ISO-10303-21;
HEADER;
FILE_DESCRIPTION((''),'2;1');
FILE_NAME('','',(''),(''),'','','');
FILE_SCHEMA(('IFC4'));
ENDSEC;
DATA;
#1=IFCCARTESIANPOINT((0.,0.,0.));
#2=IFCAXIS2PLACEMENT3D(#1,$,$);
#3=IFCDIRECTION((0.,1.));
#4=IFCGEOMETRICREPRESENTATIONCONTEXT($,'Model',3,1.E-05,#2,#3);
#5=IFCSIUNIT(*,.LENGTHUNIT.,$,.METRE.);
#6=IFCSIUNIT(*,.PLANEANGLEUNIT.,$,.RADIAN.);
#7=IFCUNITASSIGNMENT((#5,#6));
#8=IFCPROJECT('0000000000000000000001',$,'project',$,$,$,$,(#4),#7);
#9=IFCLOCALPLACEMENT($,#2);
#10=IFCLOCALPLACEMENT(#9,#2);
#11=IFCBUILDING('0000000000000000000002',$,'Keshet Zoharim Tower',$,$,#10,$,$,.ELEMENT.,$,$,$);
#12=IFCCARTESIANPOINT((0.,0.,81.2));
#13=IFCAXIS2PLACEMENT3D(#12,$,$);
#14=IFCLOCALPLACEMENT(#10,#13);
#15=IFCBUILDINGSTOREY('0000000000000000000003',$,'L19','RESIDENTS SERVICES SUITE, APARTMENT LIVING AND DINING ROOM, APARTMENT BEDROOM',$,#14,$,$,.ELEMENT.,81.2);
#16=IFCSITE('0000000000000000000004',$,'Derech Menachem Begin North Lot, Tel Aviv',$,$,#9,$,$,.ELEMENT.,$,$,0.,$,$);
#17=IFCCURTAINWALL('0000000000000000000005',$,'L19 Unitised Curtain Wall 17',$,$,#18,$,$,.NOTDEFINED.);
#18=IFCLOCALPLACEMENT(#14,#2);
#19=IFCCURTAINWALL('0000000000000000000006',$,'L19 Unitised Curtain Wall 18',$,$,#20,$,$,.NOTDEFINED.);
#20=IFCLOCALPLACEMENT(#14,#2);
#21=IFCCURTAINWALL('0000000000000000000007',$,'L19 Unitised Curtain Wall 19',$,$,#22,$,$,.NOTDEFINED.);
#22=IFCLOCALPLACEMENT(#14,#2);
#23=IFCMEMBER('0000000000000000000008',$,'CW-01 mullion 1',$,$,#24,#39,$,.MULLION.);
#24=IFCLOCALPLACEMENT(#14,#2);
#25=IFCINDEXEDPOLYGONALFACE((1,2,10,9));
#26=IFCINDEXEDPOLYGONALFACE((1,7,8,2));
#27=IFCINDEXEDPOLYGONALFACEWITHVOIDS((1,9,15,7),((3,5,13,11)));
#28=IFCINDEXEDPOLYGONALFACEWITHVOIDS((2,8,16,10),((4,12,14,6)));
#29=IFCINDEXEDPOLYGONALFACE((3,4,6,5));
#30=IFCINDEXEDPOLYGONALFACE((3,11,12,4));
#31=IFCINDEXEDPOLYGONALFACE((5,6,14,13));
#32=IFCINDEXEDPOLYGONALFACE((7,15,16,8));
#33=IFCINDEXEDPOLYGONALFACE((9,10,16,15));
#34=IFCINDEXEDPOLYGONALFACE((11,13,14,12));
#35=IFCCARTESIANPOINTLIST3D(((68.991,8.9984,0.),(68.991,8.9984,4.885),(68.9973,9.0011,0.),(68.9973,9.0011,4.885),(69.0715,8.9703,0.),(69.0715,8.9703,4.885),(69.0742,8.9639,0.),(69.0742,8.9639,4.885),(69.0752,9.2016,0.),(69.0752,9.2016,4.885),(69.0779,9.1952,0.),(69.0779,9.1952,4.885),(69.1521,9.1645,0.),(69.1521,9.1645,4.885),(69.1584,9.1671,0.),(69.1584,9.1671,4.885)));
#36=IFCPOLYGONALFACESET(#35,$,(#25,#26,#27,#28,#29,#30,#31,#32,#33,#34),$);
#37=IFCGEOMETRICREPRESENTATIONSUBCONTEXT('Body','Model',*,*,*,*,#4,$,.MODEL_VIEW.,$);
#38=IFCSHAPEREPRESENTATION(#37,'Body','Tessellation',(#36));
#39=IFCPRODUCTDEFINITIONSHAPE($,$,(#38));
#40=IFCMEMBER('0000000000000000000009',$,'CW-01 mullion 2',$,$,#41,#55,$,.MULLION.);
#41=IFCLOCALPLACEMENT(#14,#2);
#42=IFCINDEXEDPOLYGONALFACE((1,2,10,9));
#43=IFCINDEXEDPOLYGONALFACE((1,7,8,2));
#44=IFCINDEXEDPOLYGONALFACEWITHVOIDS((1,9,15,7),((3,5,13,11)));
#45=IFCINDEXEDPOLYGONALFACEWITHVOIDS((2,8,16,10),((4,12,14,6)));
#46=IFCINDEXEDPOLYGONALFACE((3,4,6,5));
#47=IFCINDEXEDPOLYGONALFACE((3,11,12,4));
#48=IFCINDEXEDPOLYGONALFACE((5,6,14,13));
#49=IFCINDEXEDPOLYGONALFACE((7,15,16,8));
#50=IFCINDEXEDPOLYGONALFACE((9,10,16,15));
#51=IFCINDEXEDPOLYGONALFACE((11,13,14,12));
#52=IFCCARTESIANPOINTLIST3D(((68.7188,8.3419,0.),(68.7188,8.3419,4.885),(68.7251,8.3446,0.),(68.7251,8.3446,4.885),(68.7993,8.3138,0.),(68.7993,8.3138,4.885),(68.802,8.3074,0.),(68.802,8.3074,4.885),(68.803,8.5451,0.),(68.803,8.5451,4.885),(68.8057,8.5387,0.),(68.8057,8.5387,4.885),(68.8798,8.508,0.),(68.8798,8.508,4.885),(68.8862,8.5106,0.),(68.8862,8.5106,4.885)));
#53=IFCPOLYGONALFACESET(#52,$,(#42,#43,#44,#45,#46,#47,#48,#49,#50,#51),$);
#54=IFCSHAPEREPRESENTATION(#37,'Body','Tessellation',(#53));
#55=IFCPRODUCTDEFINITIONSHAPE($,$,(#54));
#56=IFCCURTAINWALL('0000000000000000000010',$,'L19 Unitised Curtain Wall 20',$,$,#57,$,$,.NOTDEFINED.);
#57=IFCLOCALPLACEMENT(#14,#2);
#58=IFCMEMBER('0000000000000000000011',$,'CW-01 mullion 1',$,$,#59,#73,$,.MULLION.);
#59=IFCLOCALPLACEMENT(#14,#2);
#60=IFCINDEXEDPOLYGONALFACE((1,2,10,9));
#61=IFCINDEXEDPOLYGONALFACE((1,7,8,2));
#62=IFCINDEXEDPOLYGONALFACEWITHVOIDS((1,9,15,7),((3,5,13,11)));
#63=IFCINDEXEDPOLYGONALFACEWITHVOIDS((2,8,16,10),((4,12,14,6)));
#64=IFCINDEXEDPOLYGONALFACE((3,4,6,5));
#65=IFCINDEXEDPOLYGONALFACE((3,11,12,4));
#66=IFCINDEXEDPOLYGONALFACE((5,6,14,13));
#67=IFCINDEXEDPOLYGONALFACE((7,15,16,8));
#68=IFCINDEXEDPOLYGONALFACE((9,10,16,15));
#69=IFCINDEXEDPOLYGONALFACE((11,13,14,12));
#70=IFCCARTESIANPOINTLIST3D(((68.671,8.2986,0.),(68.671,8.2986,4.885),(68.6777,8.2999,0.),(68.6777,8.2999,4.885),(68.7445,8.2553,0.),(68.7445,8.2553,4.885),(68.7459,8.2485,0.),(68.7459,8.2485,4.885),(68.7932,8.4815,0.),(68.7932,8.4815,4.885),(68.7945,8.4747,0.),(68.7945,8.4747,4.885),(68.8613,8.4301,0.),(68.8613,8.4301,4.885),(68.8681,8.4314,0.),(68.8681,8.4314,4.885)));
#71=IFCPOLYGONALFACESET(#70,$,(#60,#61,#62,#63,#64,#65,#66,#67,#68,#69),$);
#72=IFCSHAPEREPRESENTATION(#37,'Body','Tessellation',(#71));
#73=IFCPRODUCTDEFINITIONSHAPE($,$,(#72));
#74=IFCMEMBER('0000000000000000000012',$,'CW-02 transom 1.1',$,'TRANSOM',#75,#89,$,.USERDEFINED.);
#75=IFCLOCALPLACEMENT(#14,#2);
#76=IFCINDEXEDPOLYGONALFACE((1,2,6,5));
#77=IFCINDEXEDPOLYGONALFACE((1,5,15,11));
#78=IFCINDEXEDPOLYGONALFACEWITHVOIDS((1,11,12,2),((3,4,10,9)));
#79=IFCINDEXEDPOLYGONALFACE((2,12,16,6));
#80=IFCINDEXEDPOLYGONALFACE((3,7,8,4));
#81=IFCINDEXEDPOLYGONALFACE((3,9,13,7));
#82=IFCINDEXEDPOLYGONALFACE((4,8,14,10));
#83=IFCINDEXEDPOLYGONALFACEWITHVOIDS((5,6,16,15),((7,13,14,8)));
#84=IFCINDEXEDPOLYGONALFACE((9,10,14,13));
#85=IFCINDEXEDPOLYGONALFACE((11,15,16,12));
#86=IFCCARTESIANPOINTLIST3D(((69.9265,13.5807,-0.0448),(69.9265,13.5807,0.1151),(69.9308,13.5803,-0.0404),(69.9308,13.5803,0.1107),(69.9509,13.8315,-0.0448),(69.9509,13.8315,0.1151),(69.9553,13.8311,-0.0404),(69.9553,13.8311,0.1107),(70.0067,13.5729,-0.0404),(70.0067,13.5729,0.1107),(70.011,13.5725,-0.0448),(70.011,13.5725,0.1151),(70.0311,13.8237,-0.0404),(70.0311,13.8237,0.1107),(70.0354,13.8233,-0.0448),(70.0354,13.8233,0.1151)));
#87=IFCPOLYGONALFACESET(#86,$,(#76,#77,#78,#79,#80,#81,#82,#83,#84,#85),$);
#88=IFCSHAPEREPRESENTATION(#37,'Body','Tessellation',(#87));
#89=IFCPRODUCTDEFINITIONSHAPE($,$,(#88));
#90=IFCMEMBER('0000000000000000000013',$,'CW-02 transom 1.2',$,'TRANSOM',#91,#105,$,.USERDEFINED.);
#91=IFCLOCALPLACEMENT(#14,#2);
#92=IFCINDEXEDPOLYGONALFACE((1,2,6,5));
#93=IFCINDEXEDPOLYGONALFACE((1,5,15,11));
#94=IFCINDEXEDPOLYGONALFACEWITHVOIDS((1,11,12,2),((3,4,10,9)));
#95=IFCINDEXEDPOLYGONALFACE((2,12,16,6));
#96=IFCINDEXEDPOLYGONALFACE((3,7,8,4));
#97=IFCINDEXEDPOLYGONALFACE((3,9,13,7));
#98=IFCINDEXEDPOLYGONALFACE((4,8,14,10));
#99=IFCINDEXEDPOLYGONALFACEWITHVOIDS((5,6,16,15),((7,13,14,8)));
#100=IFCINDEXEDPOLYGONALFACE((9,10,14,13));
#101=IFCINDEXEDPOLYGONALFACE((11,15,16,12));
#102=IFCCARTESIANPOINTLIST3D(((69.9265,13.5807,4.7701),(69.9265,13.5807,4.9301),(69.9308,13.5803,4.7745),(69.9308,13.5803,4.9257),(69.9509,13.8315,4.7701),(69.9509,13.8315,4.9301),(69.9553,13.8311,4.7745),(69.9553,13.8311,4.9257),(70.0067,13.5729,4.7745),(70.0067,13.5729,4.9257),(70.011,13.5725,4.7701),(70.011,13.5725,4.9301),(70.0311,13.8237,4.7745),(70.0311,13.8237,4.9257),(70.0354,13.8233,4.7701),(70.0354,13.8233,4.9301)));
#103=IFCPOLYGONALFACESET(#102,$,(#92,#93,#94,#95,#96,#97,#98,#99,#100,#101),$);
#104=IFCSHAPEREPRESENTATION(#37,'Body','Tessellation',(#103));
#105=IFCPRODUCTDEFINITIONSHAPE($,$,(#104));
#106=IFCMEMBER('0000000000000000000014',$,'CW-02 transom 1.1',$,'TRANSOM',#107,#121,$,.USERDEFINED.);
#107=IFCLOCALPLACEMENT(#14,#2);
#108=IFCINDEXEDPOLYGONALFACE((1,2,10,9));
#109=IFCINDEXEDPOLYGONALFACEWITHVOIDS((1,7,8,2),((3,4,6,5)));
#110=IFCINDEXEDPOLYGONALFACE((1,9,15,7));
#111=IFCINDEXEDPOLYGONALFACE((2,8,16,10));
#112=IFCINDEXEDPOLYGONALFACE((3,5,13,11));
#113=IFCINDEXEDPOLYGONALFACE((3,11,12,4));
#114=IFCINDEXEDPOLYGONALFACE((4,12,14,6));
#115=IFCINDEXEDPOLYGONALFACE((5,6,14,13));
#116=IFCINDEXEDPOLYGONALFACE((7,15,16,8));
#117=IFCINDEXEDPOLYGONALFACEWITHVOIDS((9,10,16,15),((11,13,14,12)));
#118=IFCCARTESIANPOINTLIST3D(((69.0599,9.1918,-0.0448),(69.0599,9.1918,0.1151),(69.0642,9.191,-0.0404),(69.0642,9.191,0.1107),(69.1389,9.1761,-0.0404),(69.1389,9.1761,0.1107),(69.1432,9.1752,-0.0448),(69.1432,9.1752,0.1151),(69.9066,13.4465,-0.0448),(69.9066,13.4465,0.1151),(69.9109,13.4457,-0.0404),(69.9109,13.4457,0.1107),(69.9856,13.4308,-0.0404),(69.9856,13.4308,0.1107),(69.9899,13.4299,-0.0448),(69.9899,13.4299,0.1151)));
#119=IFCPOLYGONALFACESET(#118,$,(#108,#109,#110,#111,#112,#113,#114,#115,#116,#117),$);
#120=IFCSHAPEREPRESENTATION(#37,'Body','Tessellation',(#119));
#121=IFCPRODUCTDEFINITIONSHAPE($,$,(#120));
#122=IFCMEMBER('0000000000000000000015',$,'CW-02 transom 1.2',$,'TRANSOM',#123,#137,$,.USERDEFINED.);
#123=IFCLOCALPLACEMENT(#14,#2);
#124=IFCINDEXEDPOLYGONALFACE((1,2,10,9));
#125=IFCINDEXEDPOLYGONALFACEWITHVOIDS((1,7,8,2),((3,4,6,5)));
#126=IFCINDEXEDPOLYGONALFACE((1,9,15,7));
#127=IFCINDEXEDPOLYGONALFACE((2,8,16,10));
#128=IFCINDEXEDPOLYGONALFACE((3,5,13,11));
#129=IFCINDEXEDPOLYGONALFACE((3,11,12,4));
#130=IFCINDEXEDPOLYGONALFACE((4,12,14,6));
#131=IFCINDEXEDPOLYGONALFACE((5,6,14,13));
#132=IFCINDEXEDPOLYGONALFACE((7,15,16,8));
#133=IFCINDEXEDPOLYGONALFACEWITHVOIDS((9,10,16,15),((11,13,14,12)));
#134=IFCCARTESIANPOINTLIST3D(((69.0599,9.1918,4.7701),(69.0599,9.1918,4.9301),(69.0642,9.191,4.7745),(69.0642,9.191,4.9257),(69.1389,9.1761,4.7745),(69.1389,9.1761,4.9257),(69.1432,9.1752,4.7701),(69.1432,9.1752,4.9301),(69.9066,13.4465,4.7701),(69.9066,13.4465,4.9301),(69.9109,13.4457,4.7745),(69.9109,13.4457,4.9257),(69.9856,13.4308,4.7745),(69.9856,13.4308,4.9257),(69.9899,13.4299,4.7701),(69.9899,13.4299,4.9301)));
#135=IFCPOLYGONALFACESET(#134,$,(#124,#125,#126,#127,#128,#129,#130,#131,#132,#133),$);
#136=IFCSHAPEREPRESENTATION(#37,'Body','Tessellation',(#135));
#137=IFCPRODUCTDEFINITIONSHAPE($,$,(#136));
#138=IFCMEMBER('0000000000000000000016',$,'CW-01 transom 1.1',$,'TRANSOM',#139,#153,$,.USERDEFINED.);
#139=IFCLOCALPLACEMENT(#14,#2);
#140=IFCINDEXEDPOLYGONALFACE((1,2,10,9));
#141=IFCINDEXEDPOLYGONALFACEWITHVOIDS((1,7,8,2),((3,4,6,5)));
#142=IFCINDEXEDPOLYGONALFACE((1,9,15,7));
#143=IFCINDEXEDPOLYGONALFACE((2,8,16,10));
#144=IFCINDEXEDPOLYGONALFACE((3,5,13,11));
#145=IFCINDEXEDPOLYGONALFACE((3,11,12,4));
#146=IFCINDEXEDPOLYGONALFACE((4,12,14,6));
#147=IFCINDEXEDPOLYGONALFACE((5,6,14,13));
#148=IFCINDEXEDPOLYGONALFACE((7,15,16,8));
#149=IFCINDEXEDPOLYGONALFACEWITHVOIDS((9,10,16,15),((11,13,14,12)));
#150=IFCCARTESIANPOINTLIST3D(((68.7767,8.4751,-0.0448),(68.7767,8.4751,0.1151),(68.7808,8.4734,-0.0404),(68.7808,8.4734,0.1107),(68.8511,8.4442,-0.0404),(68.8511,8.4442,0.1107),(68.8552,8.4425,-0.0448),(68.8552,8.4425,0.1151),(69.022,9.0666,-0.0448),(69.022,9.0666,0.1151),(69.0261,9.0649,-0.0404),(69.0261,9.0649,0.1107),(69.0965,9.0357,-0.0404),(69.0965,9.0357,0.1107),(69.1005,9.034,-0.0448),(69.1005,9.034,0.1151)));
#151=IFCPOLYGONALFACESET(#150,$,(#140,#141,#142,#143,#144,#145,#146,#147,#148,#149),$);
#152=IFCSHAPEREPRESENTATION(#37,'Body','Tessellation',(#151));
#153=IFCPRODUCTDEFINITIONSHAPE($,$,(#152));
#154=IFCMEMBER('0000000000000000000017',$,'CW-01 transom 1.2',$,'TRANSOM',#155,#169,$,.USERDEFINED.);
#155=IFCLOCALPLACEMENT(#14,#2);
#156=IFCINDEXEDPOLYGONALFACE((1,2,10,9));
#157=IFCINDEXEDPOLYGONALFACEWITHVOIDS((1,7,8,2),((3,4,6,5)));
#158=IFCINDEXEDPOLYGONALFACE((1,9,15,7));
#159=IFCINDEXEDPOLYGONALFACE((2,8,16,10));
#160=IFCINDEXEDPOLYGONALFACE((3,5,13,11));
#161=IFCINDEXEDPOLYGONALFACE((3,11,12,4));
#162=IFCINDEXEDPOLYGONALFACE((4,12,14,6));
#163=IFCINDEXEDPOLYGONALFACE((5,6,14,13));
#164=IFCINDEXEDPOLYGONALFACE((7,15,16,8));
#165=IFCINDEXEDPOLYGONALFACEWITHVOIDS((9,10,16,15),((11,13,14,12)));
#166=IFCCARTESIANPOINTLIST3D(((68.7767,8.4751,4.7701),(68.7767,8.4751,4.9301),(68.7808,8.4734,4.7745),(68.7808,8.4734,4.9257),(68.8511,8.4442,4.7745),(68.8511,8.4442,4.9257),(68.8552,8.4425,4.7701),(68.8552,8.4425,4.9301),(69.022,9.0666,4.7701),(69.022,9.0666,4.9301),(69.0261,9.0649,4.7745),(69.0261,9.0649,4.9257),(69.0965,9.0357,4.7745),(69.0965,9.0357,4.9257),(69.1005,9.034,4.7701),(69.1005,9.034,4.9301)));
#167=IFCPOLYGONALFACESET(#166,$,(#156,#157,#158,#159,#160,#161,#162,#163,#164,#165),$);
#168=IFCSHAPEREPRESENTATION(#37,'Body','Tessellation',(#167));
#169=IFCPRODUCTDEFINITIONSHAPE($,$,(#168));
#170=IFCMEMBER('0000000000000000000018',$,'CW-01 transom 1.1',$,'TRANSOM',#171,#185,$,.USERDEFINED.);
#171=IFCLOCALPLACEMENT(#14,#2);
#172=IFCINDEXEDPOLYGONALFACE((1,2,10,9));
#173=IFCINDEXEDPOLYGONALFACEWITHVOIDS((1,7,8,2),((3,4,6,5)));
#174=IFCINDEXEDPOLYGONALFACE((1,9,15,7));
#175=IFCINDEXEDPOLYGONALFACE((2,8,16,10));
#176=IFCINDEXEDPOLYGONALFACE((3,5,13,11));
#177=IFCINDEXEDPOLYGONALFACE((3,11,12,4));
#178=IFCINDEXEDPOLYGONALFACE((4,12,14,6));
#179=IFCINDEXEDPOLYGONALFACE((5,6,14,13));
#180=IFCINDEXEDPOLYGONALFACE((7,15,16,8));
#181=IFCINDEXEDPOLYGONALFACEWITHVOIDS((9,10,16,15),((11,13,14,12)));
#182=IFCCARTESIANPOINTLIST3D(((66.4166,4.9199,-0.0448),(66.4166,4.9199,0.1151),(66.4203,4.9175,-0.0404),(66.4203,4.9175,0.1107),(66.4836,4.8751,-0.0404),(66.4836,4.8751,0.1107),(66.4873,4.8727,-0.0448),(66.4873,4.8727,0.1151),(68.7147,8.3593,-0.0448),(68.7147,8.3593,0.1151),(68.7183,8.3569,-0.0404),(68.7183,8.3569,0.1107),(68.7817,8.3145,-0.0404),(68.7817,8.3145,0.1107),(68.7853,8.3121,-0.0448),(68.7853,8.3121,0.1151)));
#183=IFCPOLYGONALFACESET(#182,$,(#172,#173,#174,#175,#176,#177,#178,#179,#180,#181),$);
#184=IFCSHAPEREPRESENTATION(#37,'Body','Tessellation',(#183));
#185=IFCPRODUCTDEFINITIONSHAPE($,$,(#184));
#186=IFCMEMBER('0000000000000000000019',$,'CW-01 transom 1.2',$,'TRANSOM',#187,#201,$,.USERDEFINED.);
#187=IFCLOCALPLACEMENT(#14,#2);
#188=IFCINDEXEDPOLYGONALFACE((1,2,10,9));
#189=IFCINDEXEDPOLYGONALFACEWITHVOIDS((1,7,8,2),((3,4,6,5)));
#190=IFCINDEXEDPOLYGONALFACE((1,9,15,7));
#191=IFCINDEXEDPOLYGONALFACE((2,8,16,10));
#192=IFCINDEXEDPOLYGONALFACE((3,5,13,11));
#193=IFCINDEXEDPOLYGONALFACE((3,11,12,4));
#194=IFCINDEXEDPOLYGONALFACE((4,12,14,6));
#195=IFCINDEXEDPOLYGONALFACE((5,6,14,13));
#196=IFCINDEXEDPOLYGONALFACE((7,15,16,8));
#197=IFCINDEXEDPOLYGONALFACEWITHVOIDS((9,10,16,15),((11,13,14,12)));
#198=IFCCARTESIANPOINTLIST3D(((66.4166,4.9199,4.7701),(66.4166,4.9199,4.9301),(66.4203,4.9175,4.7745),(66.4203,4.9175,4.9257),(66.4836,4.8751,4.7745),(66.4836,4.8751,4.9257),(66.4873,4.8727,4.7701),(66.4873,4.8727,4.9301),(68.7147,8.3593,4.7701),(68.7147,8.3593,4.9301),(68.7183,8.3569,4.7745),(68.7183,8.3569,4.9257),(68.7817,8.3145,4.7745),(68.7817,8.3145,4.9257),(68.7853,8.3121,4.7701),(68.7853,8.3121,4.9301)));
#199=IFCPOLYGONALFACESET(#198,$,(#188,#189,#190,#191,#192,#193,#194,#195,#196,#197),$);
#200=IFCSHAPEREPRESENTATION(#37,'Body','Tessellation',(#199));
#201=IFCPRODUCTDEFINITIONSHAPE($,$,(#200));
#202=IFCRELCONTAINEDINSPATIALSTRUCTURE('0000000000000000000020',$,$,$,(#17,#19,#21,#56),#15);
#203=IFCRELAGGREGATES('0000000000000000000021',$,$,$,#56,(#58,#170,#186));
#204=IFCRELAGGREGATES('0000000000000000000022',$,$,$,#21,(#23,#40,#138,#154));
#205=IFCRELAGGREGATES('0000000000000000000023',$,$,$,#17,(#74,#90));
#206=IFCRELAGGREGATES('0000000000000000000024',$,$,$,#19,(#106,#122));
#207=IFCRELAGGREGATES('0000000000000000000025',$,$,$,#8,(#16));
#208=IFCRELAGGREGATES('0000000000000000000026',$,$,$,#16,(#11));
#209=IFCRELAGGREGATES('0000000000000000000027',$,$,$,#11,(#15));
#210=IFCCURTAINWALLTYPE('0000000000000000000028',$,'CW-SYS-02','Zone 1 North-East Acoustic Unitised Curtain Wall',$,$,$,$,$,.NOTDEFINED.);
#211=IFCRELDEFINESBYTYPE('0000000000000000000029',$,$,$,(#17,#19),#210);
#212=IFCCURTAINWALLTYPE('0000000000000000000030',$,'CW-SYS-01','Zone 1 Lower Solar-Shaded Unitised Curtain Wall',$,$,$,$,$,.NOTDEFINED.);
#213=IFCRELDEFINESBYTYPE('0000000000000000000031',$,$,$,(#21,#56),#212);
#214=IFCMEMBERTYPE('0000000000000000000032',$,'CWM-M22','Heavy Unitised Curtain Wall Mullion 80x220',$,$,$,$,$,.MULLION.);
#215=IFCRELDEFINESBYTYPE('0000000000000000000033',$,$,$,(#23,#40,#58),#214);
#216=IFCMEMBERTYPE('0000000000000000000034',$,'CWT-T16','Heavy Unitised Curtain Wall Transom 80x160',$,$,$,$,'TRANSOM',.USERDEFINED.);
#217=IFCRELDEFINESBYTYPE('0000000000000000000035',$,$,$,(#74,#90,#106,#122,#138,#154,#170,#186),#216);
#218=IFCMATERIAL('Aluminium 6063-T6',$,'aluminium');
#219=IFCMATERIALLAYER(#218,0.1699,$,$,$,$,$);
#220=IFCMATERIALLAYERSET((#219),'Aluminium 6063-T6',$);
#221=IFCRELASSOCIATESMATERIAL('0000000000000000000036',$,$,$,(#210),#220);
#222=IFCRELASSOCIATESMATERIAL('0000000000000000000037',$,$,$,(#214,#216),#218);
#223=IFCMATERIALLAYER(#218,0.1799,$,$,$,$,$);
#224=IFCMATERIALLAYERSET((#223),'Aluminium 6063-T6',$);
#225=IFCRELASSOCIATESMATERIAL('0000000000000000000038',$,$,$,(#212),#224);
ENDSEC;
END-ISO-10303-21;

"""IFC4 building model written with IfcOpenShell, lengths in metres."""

from ifc_helpers import new_model, si_unit, direction, frame, origin, origin_2d, place, context, subcontext, project, spatial, hollow_rectangle, extrude, material, layer, layer_set, material_profile, profile_set, type_object, element, aggregate, save


model = new_model("IFC4")

# Units and contexts
model_context = context("Model", 3, precision=1e-05, world=origin(), true_north=direction((0.0, 1.0)))
body_context = subcontext(model_context, "Body", "Model", "MODEL_VIEW")
ifc_project = project(units=[si_unit("LENGTHUNIT", "METRE"), si_unit("PLANEANGLEUNIT", "RADIAN")], contexts=[model_context])

# Site, building, storey
site_placement = place(None, origin())
site = spatial("IfcSite", under=ifc_project, at=site_placement, Name="Derech Menachem Begin North Lot, Tel Aviv", CompositionType="ELEMENT", RefElevation=0.0)
building_placement = place(site_placement, origin())
building = spatial("IfcBuilding", under=site, at=building_placement, Name="Keshet Zoharim Tower", CompositionType="ELEMENT")
storey_placement = place(building_placement, frame((0.0, 0.0, 81.2)))
storey = spatial("IfcBuildingStorey", under=building, at=storey_placement, Name="L19", Description="RESIDENTS SERVICES SUITE, APARTMENT LIVING AND DINING ROOM, APARTMENT BEDROOM", CompositionType="ELEMENT", Elevation=81.2)

# Shared definitions
ifc_material_1 = material(Name="Aluminium 6063-T6", Category="aluminium")
ifc_layer_1 = layer(ifc_material_1, 0.1699)
ifc_layer_set_1 = layer_set([ifc_layer_1], Name="Aluminium 6063-T6")
curtain_wall_type_1 = type_object("IfcCurtainWallType", Name="CW-SYS-02", Description="Zone 1 North-East Acoustic Unitised Curtain Wall", PredefinedType="NOTDEFINED", material=ifc_layer_set_1)
ifc_material_profile_1 = material_profile(ifc_material_1, hollow_rectangle(XDim=0.0901, YDim=0.22, WallThickness=0.0049, at=origin_2d()), Name="MUL-90x220")
ifc_profile_set_1 = profile_set([ifc_material_profile_1], Name="Aluminium 6063-T6")
member_type_1 = type_object("IfcMemberType", Name="CWM-M22", Description="Heavy Unitised Curtain Wall Mullion 80x220", PredefinedType="MULLION", material=ifc_profile_set_1)

# Curtain walls, members
curtain_wall_1_placement = place(storey_placement, origin())
curtain_wall_1 = element("IfcCurtainWall", 1, at=curtain_wall_1_placement, inside=storey, type_object=curtain_wall_type_1, Name="L19 Unitised Curtain Wall 17", PredefinedType="NOTDEFINED")
curtain_wall_2_placement = place(storey_placement, origin())
curtain_wall_2 = element("IfcCurtainWall", 2, at=curtain_wall_2_placement, inside=storey, type_object=curtain_wall_type_1, Name="L19 Unitised Curtain Wall 18", PredefinedType="NOTDEFINED")
ifc_layer_2 = layer(ifc_material_1, 0.1799)
ifc_layer_set_2 = layer_set([ifc_layer_2], Name="Aluminium 6063-T6")
curtain_wall_type_2 = type_object("IfcCurtainWallType", Name="CW-SYS-01", Description="Zone 1 Lower Solar-Shaded Unitised Curtain Wall", PredefinedType="NOTDEFINED", material=ifc_layer_set_2)
curtain_wall_3_placement = place(storey_placement, origin())
curtain_wall_3 = element("IfcCurtainWall", 3, at=curtain_wall_3_placement, inside=storey, type_object=curtain_wall_type_2, Name="L19 Unitised Curtain Wall 19", PredefinedType="NOTDEFINED")
member_1_placement = place(storey_placement, frame((69.0747, 9.0828, 0.0), z_axis=(0.0, 0.0, 1.0), x_axis=(0.92372, -0.383068, 0.0)))
member_1 = element("IfcMember", 4, at=member_1_placement, type_object=member_type_1, Name="CW-01 mullion 1", PredefinedType="MULLION", context=body_context, shape_type="SweptSolid", body=[
    extrude(hollow_rectangle(XDim=0.0901, YDim=0.22, WallThickness=0.0049, at=origin_2d()), origin(), (0.0, 0.0, 1.0), 4.885),
])
member_2_placement = place(storey_placement, frame((68.8025, 8.4263, 0.0), z_axis=(0.0, 0.0, 1.0), x_axis=(0.92372, -0.383068, 0.0)))
member_2 = element("IfcMember", 5, at=member_2_placement, type_object=member_type_1, Name="CW-01 mullion 2", PredefinedType="MULLION", context=body_context, shape_type="SweptSolid", body=[
    extrude(hollow_rectangle(XDim=0.0901, YDim=0.22, WallThickness=0.0049, at=origin_2d()), origin(), (0.0, 0.0, 1.0), 4.885),
])

# Curtain wall, member
curtain_wall_4_placement = place(storey_placement, origin())
curtain_wall_4 = element("IfcCurtainWall", 6, at=curtain_wall_4_placement, inside=storey, type_object=curtain_wall_type_2, Name="L19 Unitised Curtain Wall 20", PredefinedType="NOTDEFINED")
member_3_placement = place(storey_placement, frame((68.7695, 8.365, 0.0), z_axis=(0.0, 0.0, 1.0), x_axis=(0.831474, -0.555563, 0.0)))
member_3 = element("IfcMember", 7, at=member_3_placement, type_object=member_type_1, Name="CW-01 mullion 1", PredefinedType="MULLION", context=body_context, shape_type="SweptSolid", body=[
    extrude(hollow_rectangle(XDim=0.0901, YDim=0.22, WallThickness=0.0049, at=origin_2d()), origin(), (0.0, 0.0, 1.0), 4.885),
])

# Members
ifc_material_profile_2 = material_profile(ifc_material_1, hollow_rectangle(XDim=0.085, YDim=0.1599, WallThickness=0.0044, at=origin_2d()), Name="TRN-85x160")
ifc_profile_set_2 = profile_set([ifc_material_profile_2], Name="Aluminium 6063-T6")
member_type_2 = type_object("IfcMemberType", Name="CWT-T16", Description="Heavy Unitised Curtain Wall Transom 80x160", ElementType="TRANSOM", PredefinedType="USERDEFINED", material=ifc_profile_set_2)
member_4_placement = place(storey_placement, frame((69.9932, 13.8274, 0.0352), z_axis=(-0.096913, -0.995293, 0.0), x_axis=(0.995293, -0.096913, 0.0)))
member_4 = element("IfcMember", 8, at=member_4_placement, type_object=member_type_2, Name="CW-02 transom 1.1", ObjectType="TRANSOM", PredefinedType="USERDEFINED", context=body_context, shape_type="SweptSolid", body=[
    extrude(hollow_rectangle(XDim=0.085, YDim=0.1599, WallThickness=0.0044, at=origin_2d()), origin(), (0.0, 0.0, 1.0), 0.252),
])
member_5_placement = place(storey_placement, frame((69.9932, 13.8274, 4.8501), z_axis=(-0.096913, -0.995293, 0.0), x_axis=(0.995293, -0.096913, 0.0)))
member_5 = element("IfcMember", 9, at=member_5_placement, type_object=member_type_2, Name="CW-02 transom 1.2", ObjectType="TRANSOM", PredefinedType="USERDEFINED", context=body_context, shape_type="SweptSolid", body=[
    extrude(hollow_rectangle(XDim=0.085, YDim=0.1599, WallThickness=0.0044, at=origin_2d()), origin(), (0.0, 0.0, 1.0), 0.252),
])
member_6_placement = place(storey_placement, frame((69.9482, 13.4382, 0.0352), z_axis=(-0.195174, -0.980769, 0.0), x_axis=(0.980769, -0.195174, 0.0)))
member_6 = element("IfcMember", 10, at=member_6_placement, type_object=member_type_2, Name="CW-02 transom 1.1", ObjectType="TRANSOM", PredefinedType="USERDEFINED", context=body_context, shape_type="SweptSolid", body=[
    extrude(hollow_rectangle(XDim=0.085, YDim=0.1599, WallThickness=0.0044, at=origin_2d()), origin(), (0.0, 0.0, 1.0), 4.3381),
])
member_7_placement = place(storey_placement, frame((69.9482, 13.4382, 4.8501), z_axis=(-0.195174, -0.980769, 0.0), x_axis=(0.980769, -0.195174, 0.0)))
member_7 = element("IfcMember", 11, at=member_7_placement, type_object=member_type_2, Name="CW-02 transom 1.2", ObjectType="TRANSOM", PredefinedType="USERDEFINED", context=body_context, shape_type="SweptSolid", body=[
    extrude(hollow_rectangle(XDim=0.085, YDim=0.1599, WallThickness=0.0044, at=origin_2d()), origin(), (0.0, 0.0, 1.0), 4.3381),
])
member_8_placement = place(storey_placement, frame((69.0613, 9.0503, 0.0352), z_axis=(-0.383126, -0.923696, 0.0), x_axis=(0.923696, -0.383126, 0.0)))
member_8 = element("IfcMember", 12, at=member_8_placement, type_object=member_type_2, Name="CW-01 transom 1.1", ObjectType="TRANSOM", PredefinedType="USERDEFINED", context=body_context, shape_type="SweptSolid", body=[
    extrude(hollow_rectangle(XDim=0.085, YDim=0.1599, WallThickness=0.0044, at=origin_2d()), origin(), (0.0, 0.0, 1.0), 0.6404),
])
member_9_placement = place(storey_placement, frame((69.0613, 9.0503, 4.8501), z_axis=(-0.383126, -0.923696, 0.0), x_axis=(0.923696, -0.383126, 0.0)))
member_9 = element("IfcMember", 13, at=member_9_placement, type_object=member_type_2, Name="CW-01 transom 1.2", ObjectType="TRANSOM", PredefinedType="USERDEFINED", context=body_context, shape_type="SweptSolid", body=[
    extrude(hollow_rectangle(XDim=0.085, YDim=0.1599, WallThickness=0.0044, at=origin_2d()), origin(), (0.0, 0.0, 1.0), 0.6404),
])
member_10_placement = place(storey_placement, frame((68.75, 8.3357, 0.0352), z_axis=(-0.555558, -0.831478, 0.0), x_axis=(0.831478, -0.555558, 0.0)))
member_10 = element("IfcMember", 14, at=member_10_placement, type_object=member_type_2, Name="CW-01 transom 1.1", ObjectType="TRANSOM", PredefinedType="USERDEFINED", context=body_context, shape_type="SweptSolid", body=[
    extrude(hollow_rectangle(XDim=0.085, YDim=0.1599, WallThickness=0.0044, at=origin_2d()), origin(), (0.0, 0.0, 1.0), 4.1365),
])
member_11_placement = place(storey_placement, frame((68.75, 8.3357, 4.8501), z_axis=(-0.555558, -0.831478, 0.0), x_axis=(0.831478, -0.555558, 0.0)))
member_11 = element("IfcMember", 15, at=member_11_placement, type_object=member_type_2, Name="CW-01 transom 1.2", ObjectType="TRANSOM", PredefinedType="USERDEFINED", context=body_context, shape_type="SweptSolid", body=[
    extrude(hollow_rectangle(XDim=0.085, YDim=0.1599, WallThickness=0.0044, at=origin_2d()), origin(), (0.0, 0.0, 1.0), 4.1365),
])
aggregate(curtain_wall_4, [member_3, member_10, member_11])

aggregate(curtain_wall_3, [member_1, member_2, member_8, member_9])
aggregate(curtain_wall_1, [member_4, member_5])
aggregate(curtain_wall_2, [member_6, member_7])

save(model, "model.ifc")
